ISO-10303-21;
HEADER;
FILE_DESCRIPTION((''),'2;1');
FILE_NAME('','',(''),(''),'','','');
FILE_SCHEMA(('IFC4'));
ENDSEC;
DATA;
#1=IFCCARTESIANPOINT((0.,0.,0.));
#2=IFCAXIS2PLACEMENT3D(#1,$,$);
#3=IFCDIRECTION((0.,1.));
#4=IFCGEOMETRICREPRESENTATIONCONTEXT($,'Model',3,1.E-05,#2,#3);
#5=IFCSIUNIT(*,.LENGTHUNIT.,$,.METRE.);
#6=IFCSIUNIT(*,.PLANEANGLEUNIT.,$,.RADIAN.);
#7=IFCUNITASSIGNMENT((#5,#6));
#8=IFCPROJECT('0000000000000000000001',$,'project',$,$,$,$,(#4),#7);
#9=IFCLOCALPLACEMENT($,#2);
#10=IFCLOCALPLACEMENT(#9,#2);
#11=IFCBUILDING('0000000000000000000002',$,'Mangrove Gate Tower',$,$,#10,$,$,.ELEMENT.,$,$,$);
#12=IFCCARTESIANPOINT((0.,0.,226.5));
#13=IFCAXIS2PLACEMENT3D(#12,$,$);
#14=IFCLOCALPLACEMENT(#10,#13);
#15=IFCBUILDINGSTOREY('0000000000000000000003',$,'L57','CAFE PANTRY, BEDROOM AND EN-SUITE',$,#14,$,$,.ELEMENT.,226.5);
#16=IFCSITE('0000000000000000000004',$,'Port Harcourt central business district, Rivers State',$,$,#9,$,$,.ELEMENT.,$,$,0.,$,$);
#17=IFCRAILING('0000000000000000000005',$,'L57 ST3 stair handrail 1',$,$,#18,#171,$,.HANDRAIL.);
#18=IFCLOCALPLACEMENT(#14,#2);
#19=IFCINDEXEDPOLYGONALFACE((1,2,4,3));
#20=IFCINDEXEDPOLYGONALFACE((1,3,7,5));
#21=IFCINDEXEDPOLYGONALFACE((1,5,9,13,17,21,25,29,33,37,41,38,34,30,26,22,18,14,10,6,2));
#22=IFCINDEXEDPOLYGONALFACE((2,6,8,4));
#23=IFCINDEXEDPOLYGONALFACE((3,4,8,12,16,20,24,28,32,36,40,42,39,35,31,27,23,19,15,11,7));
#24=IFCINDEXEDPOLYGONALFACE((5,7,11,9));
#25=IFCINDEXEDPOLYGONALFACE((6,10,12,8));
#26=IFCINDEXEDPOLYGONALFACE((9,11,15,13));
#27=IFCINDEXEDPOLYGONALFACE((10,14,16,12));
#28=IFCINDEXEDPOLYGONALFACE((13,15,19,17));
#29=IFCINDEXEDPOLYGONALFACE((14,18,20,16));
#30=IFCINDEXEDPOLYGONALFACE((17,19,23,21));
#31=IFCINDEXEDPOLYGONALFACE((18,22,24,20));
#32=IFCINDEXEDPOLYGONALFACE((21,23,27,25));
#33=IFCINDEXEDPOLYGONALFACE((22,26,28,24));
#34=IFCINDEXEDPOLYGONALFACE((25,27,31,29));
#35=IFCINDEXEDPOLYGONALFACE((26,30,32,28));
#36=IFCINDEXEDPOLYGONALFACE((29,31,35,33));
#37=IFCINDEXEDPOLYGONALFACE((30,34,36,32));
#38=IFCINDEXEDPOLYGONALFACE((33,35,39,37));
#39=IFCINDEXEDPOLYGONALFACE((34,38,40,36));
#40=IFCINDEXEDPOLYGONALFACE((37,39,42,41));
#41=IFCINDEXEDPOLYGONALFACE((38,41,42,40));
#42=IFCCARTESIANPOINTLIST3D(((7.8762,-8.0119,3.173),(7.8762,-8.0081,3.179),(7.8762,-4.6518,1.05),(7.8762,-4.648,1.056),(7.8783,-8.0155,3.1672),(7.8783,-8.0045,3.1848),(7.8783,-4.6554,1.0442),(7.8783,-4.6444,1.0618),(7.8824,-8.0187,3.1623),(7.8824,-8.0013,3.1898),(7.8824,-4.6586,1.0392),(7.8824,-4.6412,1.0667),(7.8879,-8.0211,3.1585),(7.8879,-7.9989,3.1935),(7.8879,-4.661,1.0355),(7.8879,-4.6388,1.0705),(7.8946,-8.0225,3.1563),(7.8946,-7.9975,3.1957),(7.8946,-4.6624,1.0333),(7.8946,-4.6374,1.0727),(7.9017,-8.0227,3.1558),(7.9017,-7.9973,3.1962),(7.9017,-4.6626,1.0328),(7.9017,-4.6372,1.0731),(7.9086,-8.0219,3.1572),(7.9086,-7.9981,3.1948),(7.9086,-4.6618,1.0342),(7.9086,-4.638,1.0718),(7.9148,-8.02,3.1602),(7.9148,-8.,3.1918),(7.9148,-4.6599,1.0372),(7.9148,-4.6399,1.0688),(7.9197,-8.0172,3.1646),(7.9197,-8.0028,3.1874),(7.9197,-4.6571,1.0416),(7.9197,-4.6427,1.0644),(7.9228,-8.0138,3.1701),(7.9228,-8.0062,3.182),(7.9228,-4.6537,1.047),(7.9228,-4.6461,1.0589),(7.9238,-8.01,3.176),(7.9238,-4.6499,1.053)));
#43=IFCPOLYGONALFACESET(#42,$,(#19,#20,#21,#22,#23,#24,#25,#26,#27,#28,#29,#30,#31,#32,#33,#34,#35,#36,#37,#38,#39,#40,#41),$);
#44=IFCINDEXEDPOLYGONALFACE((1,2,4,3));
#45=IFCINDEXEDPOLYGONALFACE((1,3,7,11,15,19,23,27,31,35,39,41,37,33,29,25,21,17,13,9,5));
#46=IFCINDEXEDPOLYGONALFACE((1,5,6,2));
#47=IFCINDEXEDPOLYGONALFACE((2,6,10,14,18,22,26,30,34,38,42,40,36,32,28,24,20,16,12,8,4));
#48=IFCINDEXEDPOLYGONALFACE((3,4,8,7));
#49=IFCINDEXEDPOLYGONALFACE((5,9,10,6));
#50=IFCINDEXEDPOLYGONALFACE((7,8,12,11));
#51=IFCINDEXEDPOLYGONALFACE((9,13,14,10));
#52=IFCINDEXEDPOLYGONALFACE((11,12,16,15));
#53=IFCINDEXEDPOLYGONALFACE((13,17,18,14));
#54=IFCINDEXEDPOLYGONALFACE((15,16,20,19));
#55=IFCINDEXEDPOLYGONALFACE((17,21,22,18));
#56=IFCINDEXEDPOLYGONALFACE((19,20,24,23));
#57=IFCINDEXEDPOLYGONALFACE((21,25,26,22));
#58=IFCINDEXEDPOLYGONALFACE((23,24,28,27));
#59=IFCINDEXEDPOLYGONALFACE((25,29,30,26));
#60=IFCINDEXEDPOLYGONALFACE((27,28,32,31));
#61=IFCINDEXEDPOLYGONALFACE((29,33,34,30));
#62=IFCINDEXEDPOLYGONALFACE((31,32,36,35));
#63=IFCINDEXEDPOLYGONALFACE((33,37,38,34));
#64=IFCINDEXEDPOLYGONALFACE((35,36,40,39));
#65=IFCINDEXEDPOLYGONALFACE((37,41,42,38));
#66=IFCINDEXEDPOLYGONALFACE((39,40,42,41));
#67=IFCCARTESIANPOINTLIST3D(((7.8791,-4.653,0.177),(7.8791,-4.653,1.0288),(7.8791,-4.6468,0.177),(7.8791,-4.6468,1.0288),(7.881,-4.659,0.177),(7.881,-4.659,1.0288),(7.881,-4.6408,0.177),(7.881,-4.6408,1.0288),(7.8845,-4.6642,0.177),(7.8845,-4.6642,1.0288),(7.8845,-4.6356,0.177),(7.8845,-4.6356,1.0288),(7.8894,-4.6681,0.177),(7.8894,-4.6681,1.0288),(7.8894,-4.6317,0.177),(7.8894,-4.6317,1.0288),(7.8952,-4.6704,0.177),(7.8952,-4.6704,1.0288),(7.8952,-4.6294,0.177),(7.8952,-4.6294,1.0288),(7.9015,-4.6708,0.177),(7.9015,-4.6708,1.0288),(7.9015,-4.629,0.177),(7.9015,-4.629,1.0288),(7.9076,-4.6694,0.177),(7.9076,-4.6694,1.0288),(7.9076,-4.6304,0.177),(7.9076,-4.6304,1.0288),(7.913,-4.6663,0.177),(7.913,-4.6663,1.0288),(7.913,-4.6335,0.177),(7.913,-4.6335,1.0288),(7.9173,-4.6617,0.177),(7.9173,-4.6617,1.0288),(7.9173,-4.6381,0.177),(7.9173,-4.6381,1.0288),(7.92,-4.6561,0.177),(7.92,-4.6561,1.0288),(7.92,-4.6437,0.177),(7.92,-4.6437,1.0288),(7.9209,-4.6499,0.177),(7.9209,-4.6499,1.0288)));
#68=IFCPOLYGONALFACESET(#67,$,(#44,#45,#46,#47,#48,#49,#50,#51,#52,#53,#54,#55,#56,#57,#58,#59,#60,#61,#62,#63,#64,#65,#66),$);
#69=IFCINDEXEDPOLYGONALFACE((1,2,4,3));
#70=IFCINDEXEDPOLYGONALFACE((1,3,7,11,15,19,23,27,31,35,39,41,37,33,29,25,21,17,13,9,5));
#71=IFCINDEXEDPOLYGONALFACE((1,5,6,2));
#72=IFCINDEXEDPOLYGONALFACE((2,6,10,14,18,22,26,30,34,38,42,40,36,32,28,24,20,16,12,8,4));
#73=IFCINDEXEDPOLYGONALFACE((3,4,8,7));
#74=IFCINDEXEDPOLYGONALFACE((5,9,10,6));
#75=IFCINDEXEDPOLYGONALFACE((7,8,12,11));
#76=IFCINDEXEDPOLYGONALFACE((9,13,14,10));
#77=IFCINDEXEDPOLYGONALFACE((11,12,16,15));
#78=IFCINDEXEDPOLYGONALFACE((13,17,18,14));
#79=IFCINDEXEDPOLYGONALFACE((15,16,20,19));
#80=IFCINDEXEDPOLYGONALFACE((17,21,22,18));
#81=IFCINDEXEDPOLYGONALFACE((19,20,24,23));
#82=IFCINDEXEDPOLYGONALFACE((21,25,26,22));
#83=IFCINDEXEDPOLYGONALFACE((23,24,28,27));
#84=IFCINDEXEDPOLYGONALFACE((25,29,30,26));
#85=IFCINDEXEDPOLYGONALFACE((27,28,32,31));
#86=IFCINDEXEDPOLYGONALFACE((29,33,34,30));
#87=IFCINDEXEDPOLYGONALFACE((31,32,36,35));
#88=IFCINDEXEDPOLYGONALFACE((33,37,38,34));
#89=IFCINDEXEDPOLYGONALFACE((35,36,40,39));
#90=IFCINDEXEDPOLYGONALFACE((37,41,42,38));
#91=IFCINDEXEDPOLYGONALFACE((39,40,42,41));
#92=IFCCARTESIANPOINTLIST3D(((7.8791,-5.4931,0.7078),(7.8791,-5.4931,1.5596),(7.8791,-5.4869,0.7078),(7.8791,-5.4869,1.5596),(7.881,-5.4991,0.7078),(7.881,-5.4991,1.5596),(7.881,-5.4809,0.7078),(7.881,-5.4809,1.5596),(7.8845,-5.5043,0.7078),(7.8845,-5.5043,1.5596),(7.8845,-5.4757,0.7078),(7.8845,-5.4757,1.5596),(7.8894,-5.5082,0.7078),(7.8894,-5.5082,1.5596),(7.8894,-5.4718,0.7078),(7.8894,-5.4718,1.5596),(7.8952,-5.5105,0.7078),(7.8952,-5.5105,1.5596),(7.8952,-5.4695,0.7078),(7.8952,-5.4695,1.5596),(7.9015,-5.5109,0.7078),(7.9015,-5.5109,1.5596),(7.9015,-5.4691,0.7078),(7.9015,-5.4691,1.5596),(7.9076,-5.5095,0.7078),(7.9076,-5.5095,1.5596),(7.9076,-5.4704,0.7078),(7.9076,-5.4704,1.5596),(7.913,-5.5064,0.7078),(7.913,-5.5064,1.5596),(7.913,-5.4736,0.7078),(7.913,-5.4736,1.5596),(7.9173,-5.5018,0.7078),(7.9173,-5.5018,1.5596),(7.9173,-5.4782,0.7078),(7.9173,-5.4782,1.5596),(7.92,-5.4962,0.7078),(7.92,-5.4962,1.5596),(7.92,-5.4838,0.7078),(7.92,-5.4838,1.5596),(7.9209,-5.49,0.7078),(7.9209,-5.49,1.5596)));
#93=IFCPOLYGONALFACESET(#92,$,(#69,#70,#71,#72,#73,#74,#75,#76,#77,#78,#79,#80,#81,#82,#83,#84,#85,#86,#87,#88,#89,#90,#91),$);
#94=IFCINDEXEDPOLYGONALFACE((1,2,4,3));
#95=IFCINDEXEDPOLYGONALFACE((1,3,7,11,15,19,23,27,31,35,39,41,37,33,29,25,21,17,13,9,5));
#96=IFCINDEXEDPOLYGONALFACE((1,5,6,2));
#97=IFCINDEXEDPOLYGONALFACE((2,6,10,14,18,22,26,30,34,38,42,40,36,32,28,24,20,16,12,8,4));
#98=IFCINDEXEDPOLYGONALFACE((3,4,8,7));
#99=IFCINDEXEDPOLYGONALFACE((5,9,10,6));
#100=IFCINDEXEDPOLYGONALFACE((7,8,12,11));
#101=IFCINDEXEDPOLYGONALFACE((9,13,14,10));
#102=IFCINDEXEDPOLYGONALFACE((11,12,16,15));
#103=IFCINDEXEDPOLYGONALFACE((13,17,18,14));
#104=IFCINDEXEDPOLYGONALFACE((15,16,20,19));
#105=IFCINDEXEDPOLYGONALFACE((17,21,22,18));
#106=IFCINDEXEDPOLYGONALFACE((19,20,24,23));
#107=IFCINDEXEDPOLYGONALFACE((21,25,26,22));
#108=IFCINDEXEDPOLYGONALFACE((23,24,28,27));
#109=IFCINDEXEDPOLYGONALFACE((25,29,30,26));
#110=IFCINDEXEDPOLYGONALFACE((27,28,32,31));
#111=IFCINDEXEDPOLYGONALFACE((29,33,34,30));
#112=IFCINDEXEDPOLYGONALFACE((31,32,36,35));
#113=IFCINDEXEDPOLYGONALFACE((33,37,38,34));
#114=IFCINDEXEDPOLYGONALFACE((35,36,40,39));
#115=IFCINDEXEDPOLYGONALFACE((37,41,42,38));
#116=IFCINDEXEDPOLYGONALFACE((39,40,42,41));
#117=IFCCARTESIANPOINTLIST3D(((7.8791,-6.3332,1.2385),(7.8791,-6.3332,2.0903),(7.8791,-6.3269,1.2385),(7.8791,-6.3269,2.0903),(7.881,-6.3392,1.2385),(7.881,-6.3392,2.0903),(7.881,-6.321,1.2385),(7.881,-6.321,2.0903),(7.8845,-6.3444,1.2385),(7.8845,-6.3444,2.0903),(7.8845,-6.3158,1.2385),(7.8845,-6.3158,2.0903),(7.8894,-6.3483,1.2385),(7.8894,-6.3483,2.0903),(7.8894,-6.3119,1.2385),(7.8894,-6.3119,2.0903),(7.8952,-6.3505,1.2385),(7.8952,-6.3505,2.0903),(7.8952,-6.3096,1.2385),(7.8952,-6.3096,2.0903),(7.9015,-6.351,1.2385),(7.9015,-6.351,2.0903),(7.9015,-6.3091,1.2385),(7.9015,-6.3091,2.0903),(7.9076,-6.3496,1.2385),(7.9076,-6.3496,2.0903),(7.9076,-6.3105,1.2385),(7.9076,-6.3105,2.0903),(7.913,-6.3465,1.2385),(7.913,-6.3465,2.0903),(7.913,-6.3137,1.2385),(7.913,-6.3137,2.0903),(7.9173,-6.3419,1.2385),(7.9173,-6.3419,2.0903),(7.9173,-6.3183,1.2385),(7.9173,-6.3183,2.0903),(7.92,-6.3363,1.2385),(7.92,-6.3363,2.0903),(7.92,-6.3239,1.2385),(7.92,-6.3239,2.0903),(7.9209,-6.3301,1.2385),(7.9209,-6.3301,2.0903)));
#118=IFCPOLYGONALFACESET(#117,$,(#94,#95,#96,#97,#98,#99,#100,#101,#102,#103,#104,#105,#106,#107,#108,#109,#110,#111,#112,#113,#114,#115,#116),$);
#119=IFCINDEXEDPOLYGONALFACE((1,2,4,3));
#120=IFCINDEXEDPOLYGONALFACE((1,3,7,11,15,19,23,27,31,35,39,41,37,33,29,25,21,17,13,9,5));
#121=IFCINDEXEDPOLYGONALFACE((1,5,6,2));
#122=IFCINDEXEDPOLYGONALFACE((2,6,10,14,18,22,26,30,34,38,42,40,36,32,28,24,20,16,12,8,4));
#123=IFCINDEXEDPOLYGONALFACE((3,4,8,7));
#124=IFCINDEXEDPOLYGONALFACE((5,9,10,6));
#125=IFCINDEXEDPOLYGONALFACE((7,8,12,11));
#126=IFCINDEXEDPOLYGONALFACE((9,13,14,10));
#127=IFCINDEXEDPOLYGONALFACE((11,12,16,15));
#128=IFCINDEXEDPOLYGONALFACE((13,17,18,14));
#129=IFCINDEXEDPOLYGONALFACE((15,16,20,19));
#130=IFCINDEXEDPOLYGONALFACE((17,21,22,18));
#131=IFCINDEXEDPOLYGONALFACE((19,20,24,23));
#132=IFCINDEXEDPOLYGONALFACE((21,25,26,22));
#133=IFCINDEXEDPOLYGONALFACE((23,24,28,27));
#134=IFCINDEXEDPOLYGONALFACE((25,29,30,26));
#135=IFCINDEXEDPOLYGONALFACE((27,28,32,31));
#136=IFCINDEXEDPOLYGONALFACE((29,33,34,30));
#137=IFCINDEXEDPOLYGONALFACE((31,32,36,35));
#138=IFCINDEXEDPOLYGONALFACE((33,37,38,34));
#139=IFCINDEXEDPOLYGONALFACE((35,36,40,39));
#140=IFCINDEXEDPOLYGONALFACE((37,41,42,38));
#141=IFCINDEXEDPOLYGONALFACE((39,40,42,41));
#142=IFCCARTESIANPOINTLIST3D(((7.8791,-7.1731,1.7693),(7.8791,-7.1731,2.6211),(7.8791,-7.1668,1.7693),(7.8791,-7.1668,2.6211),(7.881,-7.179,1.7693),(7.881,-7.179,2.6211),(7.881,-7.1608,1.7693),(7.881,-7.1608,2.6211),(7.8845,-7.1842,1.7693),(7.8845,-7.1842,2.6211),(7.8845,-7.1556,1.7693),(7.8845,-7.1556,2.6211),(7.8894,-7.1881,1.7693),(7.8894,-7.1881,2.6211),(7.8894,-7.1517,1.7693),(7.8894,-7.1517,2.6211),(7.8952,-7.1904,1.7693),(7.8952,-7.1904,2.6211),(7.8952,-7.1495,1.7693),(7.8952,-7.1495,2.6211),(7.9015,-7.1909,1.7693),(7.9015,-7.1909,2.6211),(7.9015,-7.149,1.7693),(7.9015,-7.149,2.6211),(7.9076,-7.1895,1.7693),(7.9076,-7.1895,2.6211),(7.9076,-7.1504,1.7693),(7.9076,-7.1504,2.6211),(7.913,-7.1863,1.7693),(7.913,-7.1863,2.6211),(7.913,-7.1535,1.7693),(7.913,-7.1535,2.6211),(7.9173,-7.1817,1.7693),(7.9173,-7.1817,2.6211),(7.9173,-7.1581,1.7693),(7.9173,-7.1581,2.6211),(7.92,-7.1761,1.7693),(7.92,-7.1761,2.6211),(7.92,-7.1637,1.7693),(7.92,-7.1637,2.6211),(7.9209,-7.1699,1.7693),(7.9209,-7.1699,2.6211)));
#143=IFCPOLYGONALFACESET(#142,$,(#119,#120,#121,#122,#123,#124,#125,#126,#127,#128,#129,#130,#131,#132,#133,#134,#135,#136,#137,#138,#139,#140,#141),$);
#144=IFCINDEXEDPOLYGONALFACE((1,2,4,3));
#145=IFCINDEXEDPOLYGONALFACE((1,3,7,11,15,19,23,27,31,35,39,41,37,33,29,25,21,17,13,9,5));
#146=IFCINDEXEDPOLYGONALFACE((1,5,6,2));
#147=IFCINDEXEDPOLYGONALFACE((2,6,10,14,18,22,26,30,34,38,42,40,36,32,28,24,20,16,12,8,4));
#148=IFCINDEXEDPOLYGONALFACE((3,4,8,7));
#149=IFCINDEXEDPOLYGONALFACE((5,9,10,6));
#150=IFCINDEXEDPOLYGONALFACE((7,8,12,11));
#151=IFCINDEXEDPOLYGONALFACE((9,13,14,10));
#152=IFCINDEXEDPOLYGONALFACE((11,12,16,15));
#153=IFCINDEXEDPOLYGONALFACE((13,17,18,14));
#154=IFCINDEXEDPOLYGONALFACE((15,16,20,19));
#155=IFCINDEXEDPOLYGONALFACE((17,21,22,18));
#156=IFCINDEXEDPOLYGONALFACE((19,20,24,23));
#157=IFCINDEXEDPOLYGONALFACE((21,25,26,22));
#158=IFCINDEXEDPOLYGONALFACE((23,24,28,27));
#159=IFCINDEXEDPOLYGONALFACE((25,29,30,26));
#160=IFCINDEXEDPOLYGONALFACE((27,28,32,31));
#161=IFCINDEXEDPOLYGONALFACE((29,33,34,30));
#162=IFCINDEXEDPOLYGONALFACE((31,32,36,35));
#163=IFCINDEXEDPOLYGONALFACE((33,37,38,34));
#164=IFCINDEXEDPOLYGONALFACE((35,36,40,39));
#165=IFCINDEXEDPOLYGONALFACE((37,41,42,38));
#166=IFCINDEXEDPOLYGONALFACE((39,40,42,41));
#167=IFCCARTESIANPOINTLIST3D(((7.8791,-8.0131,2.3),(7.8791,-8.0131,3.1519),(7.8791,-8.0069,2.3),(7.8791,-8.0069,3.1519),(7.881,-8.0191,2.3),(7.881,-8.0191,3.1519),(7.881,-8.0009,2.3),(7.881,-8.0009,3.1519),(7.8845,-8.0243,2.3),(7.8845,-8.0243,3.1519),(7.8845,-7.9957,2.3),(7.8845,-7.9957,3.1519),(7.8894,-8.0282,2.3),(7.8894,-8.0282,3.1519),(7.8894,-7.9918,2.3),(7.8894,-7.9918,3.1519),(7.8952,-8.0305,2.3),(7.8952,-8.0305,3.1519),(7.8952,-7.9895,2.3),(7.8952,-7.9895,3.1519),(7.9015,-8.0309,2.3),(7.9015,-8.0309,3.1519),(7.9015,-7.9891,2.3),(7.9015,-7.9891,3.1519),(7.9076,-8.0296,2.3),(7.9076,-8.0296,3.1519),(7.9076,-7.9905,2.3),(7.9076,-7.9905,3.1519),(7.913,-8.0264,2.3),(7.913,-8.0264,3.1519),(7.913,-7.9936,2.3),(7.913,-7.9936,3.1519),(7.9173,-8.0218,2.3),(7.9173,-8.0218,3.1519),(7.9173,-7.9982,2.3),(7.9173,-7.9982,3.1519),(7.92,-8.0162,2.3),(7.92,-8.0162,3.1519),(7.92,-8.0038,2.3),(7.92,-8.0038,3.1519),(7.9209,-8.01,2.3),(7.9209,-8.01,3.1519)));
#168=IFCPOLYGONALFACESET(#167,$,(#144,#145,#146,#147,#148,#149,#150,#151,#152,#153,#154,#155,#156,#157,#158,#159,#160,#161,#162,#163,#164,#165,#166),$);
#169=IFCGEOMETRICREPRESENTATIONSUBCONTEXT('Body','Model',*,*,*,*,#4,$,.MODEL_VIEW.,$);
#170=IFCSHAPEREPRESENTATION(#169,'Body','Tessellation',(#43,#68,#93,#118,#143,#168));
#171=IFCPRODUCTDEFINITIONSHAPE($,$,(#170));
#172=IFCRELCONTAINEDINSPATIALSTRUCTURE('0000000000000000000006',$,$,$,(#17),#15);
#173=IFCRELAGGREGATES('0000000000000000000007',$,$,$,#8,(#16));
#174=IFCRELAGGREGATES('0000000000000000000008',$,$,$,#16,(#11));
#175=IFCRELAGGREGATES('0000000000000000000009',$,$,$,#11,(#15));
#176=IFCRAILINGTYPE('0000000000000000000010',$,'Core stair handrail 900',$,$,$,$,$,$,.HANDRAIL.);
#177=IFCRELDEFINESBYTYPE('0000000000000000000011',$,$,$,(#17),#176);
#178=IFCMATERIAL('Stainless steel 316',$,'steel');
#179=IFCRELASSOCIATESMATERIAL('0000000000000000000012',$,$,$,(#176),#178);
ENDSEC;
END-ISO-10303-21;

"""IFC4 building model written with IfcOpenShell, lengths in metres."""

from ifc_helpers import new_model, si_unit, direction, frame, origin, origin_2d, place, context, subcontext, project, spatial, circle, extrude, material, type_object, element, save


model = new_model("IFC4")

# Units and contexts
model_context = context("Model", 3, precision=1e-05, world=origin(), true_north=direction((0.0, 1.0)))
body_context = subcontext(model_context, "Body", "Model", "MODEL_VIEW")
ifc_project = project(units=[si_unit("LENGTHUNIT", "METRE"), si_unit("PLANEANGLEUNIT", "RADIAN")], contexts=[model_context])

# Site, building, storey
site_placement = place(None, origin())
site = spatial("IfcSite", under=ifc_project, at=site_placement, Name="Port Harcourt central business district, Rivers State", CompositionType="ELEMENT", RefElevation=0.0)
building_placement = place(site_placement, origin())
building = spatial("IfcBuilding", under=site, at=building_placement, Name="Mangrove Gate Tower", CompositionType="ELEMENT")
storey_placement = place(building_placement, frame((0.0, 0.0, 226.5)))
storey = spatial("IfcBuildingStorey", under=building, at=storey_placement, Name="L57", Description="CAFE PANTRY, BEDROOM AND EN-SUITE", CompositionType="ELEMENT", Elevation=226.5)

# Railing
ifc_material_1 = material(Name="Stainless steel 316", Category="steel")
railing_type_1 = type_object("IfcRailingType", Name="Core stair handrail 900", PredefinedType="HANDRAIL", material=ifc_material_1)
railing_1_placement = place(storey_placement, frame((7.8999, -4.6499, 0.177)))
element("IfcRailing", 1, at=railing_1_placement, inside=storey, type_object=railing_type_1, Name="L57 ST3 stair handrail 1", PredefinedType="HANDRAIL", context=body_context, shape_type="SweptSolid", body=[
    extrude(circle(Radius=0.0239, at=origin_2d()), frame((0.0, 0.0, 0.876), z_axis=(0.0, -0.84539, 0.53415), x_axis=(1.0, 0.0, 0.0)), (0.0, 0.0, 1.0), 3.9746),
    extrude(circle(Radius=0.021, at=origin_2d()), origin(), (0.0, 0.0, 1.0), 0.8518),
    extrude(circle(Radius=0.021, at=origin_2d()), frame((0.0, -0.8401, 0.5308)), (0.0, 0.0, 1.0), 0.8518),
    extrude(circle(Radius=0.021, at=origin_2d()), frame((0.0, -1.6802, 1.0615)), (0.0, 0.0, 1.0), 0.8518),
    extrude(circle(Radius=0.021, at=origin_2d()), frame((0.0, -2.52, 1.5923)), (0.0, 0.0, 1.0), 0.8518),
    extrude(circle(Radius=0.021, at=origin_2d()), frame((0.0, -3.3601, 2.123)), (0.0, 0.0, 1.0), 0.8518),
])

save(model, "model.ifc")
